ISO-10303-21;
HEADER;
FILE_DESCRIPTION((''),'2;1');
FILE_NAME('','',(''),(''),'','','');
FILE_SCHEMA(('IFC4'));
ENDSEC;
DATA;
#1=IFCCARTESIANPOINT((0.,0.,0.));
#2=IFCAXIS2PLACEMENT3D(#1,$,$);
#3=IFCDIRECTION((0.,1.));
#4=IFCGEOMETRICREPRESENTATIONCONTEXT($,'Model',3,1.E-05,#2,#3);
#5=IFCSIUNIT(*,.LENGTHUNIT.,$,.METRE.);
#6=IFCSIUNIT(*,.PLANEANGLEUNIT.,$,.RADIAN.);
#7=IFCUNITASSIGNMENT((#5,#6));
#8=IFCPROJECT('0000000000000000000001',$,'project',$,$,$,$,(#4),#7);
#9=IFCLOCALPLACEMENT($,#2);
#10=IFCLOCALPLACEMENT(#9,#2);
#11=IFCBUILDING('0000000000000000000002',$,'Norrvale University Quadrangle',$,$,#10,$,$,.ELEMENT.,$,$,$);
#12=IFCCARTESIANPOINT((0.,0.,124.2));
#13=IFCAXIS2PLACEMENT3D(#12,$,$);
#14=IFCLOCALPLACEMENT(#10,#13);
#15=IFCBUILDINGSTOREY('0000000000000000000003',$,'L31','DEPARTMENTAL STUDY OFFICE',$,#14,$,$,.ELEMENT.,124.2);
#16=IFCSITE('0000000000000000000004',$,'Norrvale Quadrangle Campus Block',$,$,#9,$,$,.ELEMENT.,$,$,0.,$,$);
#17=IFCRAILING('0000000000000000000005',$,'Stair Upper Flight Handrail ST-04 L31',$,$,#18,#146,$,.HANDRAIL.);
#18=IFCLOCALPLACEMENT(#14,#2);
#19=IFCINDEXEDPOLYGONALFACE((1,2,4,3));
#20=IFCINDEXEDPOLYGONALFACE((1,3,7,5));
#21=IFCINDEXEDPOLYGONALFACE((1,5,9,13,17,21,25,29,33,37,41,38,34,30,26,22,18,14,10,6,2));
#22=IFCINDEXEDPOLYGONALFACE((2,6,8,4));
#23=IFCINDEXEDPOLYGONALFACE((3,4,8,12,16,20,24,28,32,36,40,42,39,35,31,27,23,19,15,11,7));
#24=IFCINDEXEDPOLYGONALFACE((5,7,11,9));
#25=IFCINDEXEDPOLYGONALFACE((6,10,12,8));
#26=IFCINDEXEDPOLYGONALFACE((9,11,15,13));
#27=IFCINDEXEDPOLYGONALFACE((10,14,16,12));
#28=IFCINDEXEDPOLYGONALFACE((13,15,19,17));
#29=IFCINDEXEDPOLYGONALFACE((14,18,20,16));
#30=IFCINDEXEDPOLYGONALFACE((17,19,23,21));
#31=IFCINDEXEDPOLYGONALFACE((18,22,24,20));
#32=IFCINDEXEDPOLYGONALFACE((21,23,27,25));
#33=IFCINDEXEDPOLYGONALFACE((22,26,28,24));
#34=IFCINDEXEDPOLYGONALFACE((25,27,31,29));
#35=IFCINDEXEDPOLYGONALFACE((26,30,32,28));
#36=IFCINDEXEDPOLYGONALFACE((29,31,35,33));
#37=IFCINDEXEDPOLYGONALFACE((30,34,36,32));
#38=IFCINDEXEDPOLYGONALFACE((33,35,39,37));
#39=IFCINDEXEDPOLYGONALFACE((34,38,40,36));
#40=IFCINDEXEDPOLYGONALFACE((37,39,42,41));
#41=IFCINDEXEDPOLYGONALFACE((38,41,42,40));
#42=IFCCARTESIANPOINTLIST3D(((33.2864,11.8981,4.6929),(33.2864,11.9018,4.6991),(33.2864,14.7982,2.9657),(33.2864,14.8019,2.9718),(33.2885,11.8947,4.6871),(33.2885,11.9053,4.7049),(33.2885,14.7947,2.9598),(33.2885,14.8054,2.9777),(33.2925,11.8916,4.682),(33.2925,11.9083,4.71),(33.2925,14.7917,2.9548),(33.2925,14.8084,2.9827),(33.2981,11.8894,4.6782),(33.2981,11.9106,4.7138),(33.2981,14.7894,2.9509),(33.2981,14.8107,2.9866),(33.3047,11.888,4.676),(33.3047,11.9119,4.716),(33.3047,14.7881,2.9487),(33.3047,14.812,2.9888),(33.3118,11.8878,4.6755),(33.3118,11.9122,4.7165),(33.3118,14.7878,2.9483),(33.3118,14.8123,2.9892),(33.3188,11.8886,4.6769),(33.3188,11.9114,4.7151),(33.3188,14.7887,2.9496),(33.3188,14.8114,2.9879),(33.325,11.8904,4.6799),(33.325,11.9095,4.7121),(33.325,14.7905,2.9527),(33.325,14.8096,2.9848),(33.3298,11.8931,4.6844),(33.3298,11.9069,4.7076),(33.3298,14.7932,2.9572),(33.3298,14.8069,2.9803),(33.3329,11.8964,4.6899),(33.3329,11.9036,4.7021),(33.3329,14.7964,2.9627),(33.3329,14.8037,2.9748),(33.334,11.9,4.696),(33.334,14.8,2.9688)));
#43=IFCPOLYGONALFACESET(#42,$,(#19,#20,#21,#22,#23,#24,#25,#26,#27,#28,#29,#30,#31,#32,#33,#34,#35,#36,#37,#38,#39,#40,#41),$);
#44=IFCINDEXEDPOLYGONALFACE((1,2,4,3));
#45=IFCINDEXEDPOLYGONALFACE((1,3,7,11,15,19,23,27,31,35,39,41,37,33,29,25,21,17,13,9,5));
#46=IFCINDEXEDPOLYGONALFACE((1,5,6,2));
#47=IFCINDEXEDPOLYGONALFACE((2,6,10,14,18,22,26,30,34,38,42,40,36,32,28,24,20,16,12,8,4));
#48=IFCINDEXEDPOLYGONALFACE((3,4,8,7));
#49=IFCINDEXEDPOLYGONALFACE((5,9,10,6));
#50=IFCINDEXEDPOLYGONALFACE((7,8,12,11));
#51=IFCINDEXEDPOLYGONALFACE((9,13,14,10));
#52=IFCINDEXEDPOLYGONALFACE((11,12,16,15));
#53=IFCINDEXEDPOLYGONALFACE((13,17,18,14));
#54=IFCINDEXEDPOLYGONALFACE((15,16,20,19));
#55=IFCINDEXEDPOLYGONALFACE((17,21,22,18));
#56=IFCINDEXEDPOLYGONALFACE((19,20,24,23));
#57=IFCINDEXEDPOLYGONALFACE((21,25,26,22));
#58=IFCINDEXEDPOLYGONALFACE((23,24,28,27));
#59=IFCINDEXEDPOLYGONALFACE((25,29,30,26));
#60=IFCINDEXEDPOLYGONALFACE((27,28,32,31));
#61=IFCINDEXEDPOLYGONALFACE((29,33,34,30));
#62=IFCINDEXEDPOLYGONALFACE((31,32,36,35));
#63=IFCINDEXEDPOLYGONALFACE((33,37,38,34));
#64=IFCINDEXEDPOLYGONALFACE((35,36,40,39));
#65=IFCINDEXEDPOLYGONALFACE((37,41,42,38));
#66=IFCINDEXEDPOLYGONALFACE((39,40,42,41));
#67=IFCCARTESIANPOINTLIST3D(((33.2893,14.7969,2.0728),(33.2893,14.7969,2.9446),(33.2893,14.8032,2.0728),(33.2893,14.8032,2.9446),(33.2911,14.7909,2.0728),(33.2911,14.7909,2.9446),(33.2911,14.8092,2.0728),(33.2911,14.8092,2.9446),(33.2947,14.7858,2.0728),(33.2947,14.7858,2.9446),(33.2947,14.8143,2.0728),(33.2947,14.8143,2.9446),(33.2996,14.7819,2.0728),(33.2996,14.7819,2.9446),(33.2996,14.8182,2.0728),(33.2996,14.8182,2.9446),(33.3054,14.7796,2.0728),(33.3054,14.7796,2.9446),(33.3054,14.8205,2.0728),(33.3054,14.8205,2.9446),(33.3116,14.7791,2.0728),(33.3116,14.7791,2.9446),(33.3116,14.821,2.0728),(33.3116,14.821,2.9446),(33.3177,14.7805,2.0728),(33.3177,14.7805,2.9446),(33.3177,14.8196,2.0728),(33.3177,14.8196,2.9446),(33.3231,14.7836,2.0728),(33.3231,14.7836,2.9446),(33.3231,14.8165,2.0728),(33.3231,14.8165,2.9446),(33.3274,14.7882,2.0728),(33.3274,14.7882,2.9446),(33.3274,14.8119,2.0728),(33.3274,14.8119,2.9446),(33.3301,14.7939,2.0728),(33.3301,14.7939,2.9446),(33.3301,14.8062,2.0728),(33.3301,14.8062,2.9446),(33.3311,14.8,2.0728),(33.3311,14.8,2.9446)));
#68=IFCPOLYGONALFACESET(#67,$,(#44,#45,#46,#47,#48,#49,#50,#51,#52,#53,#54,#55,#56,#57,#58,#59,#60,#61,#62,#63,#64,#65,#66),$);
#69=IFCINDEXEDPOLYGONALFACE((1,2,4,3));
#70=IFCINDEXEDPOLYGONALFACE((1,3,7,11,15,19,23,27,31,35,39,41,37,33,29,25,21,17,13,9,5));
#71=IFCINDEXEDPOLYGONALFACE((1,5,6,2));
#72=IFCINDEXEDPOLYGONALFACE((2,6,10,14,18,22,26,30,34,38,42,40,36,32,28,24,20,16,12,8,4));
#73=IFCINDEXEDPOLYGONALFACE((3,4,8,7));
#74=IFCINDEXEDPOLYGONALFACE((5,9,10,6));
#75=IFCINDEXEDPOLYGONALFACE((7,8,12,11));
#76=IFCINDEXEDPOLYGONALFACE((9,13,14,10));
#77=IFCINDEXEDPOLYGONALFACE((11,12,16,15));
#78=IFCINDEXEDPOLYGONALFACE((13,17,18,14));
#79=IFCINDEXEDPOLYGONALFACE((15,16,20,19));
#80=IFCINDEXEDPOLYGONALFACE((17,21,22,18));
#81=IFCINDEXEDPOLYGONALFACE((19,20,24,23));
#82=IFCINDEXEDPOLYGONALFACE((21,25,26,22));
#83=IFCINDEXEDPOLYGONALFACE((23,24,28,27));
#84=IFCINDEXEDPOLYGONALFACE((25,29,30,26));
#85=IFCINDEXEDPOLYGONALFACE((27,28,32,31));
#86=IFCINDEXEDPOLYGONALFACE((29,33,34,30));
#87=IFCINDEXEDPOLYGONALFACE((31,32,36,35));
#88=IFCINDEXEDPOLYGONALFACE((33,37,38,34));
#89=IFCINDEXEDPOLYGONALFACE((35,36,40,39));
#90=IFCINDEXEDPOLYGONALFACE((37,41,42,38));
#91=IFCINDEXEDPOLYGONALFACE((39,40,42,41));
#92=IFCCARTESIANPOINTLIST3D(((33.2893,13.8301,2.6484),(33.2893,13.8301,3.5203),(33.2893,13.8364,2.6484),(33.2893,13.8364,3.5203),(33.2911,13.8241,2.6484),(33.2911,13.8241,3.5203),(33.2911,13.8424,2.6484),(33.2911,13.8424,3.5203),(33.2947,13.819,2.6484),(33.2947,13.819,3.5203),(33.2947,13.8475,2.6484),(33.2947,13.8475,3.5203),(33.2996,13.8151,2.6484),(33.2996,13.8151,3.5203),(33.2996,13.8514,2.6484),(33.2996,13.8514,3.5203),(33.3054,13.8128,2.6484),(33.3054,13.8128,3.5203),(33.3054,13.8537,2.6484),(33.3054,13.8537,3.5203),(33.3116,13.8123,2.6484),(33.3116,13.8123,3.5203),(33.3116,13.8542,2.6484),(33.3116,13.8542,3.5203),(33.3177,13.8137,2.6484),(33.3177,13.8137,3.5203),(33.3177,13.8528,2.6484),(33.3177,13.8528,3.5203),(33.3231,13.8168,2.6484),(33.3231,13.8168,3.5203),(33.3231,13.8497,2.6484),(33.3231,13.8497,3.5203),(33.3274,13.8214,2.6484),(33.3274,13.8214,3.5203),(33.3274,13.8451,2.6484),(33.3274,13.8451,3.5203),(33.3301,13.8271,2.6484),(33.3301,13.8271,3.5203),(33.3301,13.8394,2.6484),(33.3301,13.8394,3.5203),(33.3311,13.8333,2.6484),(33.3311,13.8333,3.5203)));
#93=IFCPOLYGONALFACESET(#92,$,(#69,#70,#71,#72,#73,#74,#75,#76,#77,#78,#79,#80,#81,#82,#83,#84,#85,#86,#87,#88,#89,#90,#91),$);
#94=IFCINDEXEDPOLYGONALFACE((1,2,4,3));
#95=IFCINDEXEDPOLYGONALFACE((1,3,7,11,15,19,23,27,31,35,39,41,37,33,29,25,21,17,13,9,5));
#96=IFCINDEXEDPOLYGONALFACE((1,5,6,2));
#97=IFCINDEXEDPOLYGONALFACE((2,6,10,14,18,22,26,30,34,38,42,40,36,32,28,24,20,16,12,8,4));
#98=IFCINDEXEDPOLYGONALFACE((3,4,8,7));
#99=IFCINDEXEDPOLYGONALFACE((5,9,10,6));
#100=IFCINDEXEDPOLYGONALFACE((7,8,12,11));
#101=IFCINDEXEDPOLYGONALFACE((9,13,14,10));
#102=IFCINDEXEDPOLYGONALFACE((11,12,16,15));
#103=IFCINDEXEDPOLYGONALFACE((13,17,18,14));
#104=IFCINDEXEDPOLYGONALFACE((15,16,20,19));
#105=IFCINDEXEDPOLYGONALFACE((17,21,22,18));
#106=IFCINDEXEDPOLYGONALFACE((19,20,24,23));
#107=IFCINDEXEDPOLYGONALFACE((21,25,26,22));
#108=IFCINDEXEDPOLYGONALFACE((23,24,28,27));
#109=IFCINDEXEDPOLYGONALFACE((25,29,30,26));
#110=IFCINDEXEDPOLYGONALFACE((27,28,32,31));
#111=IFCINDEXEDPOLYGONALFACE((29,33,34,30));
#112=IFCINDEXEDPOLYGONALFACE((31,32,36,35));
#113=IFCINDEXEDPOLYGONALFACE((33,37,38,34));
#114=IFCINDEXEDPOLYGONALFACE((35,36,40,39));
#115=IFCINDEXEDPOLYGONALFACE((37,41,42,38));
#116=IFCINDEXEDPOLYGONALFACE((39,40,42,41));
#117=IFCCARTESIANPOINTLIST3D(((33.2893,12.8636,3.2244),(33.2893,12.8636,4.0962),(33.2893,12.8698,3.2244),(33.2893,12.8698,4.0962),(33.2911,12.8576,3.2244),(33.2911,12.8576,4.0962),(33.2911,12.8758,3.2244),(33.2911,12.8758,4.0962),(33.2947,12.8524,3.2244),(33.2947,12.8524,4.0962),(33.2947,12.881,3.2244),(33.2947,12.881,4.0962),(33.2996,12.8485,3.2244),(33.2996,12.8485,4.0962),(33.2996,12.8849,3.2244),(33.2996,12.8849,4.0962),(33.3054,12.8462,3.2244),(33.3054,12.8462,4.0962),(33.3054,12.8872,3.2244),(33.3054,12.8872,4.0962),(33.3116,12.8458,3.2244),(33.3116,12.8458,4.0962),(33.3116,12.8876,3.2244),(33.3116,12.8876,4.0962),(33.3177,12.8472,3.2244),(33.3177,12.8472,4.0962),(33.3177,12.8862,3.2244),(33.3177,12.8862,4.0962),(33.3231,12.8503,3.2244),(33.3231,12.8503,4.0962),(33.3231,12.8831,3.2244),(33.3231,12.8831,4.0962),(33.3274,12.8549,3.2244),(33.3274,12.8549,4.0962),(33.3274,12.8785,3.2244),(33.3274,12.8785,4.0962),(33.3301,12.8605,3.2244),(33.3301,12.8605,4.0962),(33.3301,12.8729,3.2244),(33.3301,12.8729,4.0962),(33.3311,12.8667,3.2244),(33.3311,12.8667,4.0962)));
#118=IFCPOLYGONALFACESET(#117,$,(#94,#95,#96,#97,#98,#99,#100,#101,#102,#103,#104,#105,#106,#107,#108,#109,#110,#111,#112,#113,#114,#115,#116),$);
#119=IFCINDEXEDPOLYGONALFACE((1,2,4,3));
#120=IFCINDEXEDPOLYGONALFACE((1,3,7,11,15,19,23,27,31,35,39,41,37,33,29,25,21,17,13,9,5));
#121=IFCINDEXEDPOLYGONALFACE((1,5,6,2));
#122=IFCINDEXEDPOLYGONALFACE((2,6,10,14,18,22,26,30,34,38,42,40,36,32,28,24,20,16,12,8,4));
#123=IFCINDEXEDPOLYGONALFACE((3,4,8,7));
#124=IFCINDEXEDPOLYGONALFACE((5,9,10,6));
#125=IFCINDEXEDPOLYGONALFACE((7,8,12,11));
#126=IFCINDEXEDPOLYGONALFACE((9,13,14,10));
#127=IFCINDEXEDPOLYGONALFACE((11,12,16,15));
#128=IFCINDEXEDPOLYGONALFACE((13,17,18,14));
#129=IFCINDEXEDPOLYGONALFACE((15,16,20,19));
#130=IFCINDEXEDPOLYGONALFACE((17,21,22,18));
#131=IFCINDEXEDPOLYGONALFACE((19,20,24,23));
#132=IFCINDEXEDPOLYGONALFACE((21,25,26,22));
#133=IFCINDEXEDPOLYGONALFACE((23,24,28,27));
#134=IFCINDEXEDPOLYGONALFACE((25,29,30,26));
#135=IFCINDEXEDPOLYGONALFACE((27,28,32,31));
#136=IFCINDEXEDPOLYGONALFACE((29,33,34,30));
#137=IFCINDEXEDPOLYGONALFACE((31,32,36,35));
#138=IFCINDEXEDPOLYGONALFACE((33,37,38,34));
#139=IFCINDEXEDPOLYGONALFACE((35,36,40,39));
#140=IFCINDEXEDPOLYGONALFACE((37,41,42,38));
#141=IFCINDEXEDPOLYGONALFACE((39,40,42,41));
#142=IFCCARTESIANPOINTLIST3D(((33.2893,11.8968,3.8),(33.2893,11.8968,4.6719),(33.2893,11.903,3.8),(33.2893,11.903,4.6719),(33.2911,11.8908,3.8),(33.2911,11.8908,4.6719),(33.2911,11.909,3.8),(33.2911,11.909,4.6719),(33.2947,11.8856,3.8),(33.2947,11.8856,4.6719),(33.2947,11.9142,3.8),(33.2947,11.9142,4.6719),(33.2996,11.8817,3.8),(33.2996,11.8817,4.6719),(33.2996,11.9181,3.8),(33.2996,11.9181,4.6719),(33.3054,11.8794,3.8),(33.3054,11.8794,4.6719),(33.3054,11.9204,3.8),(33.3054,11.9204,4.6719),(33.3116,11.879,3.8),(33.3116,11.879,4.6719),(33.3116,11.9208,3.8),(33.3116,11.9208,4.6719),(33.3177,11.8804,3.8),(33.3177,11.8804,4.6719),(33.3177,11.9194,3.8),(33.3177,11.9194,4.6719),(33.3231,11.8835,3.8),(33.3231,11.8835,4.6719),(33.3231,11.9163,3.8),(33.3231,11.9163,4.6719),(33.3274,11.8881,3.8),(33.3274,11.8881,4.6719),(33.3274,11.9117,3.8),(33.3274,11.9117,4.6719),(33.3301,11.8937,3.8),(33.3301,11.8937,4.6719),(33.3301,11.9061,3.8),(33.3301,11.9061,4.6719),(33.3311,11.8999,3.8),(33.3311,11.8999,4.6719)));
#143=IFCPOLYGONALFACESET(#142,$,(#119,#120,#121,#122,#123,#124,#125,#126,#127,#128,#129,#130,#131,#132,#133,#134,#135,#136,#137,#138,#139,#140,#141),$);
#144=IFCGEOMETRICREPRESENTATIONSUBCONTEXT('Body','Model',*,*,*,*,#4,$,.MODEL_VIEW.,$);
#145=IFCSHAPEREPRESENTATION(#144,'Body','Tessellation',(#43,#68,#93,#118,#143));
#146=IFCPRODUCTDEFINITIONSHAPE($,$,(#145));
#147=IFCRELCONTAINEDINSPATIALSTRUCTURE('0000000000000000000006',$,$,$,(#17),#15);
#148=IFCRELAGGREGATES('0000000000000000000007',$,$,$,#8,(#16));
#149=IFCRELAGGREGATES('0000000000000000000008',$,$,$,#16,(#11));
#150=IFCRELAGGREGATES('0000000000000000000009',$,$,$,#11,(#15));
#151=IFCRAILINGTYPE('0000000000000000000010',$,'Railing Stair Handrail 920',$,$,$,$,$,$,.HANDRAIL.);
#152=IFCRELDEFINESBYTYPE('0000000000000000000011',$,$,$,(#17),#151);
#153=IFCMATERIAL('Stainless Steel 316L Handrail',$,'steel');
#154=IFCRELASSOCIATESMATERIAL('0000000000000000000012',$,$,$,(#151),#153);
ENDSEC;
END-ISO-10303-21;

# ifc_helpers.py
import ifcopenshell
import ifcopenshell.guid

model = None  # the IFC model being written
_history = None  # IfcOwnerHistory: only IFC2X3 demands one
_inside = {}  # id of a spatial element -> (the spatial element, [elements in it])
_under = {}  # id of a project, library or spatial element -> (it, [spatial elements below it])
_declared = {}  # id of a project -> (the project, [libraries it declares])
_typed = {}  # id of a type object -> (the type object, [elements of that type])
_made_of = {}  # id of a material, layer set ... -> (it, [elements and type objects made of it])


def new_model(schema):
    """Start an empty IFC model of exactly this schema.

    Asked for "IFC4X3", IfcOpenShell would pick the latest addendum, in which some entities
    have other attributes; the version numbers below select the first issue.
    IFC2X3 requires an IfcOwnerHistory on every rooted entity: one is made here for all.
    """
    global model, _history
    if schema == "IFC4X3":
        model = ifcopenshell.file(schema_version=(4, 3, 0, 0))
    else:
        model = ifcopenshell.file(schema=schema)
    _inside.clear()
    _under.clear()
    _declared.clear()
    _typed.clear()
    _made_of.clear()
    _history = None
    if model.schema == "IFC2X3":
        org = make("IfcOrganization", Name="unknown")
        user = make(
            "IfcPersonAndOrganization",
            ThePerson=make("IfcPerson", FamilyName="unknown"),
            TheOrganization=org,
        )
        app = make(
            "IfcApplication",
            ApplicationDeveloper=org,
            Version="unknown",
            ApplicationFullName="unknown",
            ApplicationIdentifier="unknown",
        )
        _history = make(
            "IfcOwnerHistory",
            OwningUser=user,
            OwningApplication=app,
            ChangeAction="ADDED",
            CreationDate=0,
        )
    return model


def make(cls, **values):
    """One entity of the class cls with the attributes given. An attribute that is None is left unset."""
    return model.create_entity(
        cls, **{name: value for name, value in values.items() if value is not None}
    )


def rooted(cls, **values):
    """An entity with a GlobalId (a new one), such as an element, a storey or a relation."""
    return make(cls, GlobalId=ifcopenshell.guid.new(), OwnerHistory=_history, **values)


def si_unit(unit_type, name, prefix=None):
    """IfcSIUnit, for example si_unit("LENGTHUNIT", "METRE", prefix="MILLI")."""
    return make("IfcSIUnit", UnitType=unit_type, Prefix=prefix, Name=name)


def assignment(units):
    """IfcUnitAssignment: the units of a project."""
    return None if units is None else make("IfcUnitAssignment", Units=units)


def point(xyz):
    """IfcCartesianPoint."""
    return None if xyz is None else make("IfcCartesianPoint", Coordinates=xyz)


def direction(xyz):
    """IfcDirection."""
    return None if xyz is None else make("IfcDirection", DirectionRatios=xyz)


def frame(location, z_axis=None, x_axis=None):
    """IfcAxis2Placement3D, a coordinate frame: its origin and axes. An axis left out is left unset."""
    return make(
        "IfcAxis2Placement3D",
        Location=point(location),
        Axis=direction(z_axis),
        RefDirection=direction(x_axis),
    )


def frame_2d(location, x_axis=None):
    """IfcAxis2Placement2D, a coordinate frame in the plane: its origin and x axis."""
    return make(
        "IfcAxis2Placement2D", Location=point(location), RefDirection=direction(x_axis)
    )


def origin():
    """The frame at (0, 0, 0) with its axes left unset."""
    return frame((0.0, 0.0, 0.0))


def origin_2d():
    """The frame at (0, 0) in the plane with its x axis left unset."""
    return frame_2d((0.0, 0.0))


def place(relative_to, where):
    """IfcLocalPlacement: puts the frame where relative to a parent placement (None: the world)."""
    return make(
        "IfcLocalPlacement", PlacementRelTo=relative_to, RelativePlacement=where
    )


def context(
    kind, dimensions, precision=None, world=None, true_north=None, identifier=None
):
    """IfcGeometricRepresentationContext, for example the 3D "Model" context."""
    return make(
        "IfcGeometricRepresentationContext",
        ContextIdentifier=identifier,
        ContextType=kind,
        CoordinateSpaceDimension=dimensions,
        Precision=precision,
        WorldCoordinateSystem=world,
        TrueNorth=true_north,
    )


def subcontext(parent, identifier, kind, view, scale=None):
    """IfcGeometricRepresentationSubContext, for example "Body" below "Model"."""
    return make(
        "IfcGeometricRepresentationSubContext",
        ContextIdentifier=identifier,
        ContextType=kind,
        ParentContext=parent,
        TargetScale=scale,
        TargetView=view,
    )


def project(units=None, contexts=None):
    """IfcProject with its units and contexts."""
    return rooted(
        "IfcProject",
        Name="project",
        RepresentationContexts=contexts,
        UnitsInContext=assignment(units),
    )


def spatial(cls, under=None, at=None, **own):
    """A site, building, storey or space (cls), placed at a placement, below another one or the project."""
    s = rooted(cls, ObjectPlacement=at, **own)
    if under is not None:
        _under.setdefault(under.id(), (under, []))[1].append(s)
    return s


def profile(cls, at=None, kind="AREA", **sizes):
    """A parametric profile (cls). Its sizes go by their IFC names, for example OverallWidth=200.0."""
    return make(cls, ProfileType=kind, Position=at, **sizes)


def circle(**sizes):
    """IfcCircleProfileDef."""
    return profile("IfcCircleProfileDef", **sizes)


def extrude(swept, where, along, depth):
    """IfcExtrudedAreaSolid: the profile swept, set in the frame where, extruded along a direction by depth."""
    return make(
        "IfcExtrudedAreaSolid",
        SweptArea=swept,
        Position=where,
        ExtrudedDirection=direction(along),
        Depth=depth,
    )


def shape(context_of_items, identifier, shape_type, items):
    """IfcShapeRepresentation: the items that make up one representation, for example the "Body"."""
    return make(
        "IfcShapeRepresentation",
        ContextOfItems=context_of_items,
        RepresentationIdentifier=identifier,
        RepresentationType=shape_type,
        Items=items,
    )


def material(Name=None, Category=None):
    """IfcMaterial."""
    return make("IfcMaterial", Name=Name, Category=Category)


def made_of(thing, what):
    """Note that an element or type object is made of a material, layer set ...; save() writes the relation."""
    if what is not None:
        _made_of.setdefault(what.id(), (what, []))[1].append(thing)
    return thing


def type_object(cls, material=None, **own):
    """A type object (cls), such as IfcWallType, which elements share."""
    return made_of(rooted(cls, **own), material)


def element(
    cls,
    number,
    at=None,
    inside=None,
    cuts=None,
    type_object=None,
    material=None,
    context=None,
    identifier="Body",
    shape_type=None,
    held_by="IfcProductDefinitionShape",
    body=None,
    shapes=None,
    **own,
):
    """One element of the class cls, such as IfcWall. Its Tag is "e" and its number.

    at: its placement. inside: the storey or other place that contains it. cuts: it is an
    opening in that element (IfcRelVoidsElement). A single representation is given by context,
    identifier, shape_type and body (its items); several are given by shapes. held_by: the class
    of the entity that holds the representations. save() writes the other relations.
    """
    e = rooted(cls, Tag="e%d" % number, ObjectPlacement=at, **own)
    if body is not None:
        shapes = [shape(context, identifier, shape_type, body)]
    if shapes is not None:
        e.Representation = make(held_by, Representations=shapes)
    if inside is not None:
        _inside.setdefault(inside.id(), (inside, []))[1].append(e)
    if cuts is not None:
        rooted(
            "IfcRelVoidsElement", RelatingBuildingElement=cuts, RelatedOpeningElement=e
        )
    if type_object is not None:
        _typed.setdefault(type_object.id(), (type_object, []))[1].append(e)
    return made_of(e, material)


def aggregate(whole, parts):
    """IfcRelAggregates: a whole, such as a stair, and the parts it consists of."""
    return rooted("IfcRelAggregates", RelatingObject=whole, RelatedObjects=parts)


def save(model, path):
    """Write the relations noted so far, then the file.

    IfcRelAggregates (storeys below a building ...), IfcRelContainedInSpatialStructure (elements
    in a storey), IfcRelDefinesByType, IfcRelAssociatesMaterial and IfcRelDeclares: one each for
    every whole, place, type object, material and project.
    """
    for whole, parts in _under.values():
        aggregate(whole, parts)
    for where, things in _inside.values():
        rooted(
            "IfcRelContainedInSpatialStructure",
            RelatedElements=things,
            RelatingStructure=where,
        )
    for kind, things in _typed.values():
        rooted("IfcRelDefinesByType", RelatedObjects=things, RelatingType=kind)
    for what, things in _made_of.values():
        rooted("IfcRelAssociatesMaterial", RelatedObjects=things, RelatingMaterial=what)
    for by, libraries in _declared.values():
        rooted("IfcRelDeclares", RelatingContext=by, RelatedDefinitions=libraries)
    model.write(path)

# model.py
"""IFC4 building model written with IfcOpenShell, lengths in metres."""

from ifc_helpers import new_model, si_unit, direction, frame, origin, origin_2d, place, context, subcontext, project, spatial, circle, extrude, material, type_object, element, save


model = new_model("IFC4")

# Units and contexts
model_context = context("Model", 3, precision=1e-05, world=origin(), true_north=direction((0.0, 1.0)))
body_context = subcontext(model_context, "Body", "Model", "MODEL_VIEW")
ifc_project = project(units=[si_unit("LENGTHUNIT", "METRE"), si_unit("PLANEANGLEUNIT", "RADIAN")], contexts=[model_context])

# Site, building, storey
site_placement = place(None, origin())
site = spatial("IfcSite", under=ifc_project, at=site_placement, Name="Norrvale Quadrangle Campus Block", CompositionType="ELEMENT", RefElevation=0.0)
building_placement = place(site_placement, origin())
building = spatial("IfcBuilding", under=site, at=building_placement, Name="Norrvale University Quadrangle", CompositionType="ELEMENT")
storey_placement = place(building_placement, frame((0.0, 0.0, 124.2)))
storey = spatial("IfcBuildingStorey", under=building, at=storey_placement, Name="L31", Description="DEPARTMENTAL STUDY OFFICE", CompositionType="ELEMENT", Elevation=124.2)

# Railing
ifc_material_1 = material(Name="Stainless Steel 316L Handrail", Category="steel")
railing_type_1 = type_object("IfcRailingType", Name="Railing Stair Handrail 920", PredefinedType="HANDRAIL", material=ifc_material_1)
railing_1_placement = place(storey_placement, frame((33.3101, 14.8, 2.0728)))
element("IfcRailing", 1, at=railing_1_placement, inside=storey, type_object=railing_type_1, Name="Stair Upper Flight Handrail ST-04 L31", PredefinedType="HANDRAIL", context=body_context, shape_type="SweptSolid", body=[
    extrude(circle(Radius=0.0239, at=origin_2d()), frame((0.0, 0.0, 0.896), z_axis=(0.0, -0.85916, 0.511706), x_axis=(1.0, 0.0, 0.0)), (0.0, 0.0, 1.0), 3.3755),
    extrude(circle(Radius=0.021, at=origin_2d()), origin(), (0.0, 0.0, 1.0), 0.8718),
    extrude(circle(Radius=0.021, at=origin_2d()), frame((0.0, -0.9668, 0.5757)), (0.0, 0.0, 1.0), 0.8718),
    extrude(circle(Radius=0.021, at=origin_2d()), frame((0.0, -1.9333, 1.1516)), (0.0, 0.0, 1.0), 0.8718),
    extrude(circle(Radius=0.021, at=origin_2d()), frame((0.0, -2.9001, 1.7273)), (0.0, 0.0, 1.0), 0.8718),
])

save(model, "model.ifc")
